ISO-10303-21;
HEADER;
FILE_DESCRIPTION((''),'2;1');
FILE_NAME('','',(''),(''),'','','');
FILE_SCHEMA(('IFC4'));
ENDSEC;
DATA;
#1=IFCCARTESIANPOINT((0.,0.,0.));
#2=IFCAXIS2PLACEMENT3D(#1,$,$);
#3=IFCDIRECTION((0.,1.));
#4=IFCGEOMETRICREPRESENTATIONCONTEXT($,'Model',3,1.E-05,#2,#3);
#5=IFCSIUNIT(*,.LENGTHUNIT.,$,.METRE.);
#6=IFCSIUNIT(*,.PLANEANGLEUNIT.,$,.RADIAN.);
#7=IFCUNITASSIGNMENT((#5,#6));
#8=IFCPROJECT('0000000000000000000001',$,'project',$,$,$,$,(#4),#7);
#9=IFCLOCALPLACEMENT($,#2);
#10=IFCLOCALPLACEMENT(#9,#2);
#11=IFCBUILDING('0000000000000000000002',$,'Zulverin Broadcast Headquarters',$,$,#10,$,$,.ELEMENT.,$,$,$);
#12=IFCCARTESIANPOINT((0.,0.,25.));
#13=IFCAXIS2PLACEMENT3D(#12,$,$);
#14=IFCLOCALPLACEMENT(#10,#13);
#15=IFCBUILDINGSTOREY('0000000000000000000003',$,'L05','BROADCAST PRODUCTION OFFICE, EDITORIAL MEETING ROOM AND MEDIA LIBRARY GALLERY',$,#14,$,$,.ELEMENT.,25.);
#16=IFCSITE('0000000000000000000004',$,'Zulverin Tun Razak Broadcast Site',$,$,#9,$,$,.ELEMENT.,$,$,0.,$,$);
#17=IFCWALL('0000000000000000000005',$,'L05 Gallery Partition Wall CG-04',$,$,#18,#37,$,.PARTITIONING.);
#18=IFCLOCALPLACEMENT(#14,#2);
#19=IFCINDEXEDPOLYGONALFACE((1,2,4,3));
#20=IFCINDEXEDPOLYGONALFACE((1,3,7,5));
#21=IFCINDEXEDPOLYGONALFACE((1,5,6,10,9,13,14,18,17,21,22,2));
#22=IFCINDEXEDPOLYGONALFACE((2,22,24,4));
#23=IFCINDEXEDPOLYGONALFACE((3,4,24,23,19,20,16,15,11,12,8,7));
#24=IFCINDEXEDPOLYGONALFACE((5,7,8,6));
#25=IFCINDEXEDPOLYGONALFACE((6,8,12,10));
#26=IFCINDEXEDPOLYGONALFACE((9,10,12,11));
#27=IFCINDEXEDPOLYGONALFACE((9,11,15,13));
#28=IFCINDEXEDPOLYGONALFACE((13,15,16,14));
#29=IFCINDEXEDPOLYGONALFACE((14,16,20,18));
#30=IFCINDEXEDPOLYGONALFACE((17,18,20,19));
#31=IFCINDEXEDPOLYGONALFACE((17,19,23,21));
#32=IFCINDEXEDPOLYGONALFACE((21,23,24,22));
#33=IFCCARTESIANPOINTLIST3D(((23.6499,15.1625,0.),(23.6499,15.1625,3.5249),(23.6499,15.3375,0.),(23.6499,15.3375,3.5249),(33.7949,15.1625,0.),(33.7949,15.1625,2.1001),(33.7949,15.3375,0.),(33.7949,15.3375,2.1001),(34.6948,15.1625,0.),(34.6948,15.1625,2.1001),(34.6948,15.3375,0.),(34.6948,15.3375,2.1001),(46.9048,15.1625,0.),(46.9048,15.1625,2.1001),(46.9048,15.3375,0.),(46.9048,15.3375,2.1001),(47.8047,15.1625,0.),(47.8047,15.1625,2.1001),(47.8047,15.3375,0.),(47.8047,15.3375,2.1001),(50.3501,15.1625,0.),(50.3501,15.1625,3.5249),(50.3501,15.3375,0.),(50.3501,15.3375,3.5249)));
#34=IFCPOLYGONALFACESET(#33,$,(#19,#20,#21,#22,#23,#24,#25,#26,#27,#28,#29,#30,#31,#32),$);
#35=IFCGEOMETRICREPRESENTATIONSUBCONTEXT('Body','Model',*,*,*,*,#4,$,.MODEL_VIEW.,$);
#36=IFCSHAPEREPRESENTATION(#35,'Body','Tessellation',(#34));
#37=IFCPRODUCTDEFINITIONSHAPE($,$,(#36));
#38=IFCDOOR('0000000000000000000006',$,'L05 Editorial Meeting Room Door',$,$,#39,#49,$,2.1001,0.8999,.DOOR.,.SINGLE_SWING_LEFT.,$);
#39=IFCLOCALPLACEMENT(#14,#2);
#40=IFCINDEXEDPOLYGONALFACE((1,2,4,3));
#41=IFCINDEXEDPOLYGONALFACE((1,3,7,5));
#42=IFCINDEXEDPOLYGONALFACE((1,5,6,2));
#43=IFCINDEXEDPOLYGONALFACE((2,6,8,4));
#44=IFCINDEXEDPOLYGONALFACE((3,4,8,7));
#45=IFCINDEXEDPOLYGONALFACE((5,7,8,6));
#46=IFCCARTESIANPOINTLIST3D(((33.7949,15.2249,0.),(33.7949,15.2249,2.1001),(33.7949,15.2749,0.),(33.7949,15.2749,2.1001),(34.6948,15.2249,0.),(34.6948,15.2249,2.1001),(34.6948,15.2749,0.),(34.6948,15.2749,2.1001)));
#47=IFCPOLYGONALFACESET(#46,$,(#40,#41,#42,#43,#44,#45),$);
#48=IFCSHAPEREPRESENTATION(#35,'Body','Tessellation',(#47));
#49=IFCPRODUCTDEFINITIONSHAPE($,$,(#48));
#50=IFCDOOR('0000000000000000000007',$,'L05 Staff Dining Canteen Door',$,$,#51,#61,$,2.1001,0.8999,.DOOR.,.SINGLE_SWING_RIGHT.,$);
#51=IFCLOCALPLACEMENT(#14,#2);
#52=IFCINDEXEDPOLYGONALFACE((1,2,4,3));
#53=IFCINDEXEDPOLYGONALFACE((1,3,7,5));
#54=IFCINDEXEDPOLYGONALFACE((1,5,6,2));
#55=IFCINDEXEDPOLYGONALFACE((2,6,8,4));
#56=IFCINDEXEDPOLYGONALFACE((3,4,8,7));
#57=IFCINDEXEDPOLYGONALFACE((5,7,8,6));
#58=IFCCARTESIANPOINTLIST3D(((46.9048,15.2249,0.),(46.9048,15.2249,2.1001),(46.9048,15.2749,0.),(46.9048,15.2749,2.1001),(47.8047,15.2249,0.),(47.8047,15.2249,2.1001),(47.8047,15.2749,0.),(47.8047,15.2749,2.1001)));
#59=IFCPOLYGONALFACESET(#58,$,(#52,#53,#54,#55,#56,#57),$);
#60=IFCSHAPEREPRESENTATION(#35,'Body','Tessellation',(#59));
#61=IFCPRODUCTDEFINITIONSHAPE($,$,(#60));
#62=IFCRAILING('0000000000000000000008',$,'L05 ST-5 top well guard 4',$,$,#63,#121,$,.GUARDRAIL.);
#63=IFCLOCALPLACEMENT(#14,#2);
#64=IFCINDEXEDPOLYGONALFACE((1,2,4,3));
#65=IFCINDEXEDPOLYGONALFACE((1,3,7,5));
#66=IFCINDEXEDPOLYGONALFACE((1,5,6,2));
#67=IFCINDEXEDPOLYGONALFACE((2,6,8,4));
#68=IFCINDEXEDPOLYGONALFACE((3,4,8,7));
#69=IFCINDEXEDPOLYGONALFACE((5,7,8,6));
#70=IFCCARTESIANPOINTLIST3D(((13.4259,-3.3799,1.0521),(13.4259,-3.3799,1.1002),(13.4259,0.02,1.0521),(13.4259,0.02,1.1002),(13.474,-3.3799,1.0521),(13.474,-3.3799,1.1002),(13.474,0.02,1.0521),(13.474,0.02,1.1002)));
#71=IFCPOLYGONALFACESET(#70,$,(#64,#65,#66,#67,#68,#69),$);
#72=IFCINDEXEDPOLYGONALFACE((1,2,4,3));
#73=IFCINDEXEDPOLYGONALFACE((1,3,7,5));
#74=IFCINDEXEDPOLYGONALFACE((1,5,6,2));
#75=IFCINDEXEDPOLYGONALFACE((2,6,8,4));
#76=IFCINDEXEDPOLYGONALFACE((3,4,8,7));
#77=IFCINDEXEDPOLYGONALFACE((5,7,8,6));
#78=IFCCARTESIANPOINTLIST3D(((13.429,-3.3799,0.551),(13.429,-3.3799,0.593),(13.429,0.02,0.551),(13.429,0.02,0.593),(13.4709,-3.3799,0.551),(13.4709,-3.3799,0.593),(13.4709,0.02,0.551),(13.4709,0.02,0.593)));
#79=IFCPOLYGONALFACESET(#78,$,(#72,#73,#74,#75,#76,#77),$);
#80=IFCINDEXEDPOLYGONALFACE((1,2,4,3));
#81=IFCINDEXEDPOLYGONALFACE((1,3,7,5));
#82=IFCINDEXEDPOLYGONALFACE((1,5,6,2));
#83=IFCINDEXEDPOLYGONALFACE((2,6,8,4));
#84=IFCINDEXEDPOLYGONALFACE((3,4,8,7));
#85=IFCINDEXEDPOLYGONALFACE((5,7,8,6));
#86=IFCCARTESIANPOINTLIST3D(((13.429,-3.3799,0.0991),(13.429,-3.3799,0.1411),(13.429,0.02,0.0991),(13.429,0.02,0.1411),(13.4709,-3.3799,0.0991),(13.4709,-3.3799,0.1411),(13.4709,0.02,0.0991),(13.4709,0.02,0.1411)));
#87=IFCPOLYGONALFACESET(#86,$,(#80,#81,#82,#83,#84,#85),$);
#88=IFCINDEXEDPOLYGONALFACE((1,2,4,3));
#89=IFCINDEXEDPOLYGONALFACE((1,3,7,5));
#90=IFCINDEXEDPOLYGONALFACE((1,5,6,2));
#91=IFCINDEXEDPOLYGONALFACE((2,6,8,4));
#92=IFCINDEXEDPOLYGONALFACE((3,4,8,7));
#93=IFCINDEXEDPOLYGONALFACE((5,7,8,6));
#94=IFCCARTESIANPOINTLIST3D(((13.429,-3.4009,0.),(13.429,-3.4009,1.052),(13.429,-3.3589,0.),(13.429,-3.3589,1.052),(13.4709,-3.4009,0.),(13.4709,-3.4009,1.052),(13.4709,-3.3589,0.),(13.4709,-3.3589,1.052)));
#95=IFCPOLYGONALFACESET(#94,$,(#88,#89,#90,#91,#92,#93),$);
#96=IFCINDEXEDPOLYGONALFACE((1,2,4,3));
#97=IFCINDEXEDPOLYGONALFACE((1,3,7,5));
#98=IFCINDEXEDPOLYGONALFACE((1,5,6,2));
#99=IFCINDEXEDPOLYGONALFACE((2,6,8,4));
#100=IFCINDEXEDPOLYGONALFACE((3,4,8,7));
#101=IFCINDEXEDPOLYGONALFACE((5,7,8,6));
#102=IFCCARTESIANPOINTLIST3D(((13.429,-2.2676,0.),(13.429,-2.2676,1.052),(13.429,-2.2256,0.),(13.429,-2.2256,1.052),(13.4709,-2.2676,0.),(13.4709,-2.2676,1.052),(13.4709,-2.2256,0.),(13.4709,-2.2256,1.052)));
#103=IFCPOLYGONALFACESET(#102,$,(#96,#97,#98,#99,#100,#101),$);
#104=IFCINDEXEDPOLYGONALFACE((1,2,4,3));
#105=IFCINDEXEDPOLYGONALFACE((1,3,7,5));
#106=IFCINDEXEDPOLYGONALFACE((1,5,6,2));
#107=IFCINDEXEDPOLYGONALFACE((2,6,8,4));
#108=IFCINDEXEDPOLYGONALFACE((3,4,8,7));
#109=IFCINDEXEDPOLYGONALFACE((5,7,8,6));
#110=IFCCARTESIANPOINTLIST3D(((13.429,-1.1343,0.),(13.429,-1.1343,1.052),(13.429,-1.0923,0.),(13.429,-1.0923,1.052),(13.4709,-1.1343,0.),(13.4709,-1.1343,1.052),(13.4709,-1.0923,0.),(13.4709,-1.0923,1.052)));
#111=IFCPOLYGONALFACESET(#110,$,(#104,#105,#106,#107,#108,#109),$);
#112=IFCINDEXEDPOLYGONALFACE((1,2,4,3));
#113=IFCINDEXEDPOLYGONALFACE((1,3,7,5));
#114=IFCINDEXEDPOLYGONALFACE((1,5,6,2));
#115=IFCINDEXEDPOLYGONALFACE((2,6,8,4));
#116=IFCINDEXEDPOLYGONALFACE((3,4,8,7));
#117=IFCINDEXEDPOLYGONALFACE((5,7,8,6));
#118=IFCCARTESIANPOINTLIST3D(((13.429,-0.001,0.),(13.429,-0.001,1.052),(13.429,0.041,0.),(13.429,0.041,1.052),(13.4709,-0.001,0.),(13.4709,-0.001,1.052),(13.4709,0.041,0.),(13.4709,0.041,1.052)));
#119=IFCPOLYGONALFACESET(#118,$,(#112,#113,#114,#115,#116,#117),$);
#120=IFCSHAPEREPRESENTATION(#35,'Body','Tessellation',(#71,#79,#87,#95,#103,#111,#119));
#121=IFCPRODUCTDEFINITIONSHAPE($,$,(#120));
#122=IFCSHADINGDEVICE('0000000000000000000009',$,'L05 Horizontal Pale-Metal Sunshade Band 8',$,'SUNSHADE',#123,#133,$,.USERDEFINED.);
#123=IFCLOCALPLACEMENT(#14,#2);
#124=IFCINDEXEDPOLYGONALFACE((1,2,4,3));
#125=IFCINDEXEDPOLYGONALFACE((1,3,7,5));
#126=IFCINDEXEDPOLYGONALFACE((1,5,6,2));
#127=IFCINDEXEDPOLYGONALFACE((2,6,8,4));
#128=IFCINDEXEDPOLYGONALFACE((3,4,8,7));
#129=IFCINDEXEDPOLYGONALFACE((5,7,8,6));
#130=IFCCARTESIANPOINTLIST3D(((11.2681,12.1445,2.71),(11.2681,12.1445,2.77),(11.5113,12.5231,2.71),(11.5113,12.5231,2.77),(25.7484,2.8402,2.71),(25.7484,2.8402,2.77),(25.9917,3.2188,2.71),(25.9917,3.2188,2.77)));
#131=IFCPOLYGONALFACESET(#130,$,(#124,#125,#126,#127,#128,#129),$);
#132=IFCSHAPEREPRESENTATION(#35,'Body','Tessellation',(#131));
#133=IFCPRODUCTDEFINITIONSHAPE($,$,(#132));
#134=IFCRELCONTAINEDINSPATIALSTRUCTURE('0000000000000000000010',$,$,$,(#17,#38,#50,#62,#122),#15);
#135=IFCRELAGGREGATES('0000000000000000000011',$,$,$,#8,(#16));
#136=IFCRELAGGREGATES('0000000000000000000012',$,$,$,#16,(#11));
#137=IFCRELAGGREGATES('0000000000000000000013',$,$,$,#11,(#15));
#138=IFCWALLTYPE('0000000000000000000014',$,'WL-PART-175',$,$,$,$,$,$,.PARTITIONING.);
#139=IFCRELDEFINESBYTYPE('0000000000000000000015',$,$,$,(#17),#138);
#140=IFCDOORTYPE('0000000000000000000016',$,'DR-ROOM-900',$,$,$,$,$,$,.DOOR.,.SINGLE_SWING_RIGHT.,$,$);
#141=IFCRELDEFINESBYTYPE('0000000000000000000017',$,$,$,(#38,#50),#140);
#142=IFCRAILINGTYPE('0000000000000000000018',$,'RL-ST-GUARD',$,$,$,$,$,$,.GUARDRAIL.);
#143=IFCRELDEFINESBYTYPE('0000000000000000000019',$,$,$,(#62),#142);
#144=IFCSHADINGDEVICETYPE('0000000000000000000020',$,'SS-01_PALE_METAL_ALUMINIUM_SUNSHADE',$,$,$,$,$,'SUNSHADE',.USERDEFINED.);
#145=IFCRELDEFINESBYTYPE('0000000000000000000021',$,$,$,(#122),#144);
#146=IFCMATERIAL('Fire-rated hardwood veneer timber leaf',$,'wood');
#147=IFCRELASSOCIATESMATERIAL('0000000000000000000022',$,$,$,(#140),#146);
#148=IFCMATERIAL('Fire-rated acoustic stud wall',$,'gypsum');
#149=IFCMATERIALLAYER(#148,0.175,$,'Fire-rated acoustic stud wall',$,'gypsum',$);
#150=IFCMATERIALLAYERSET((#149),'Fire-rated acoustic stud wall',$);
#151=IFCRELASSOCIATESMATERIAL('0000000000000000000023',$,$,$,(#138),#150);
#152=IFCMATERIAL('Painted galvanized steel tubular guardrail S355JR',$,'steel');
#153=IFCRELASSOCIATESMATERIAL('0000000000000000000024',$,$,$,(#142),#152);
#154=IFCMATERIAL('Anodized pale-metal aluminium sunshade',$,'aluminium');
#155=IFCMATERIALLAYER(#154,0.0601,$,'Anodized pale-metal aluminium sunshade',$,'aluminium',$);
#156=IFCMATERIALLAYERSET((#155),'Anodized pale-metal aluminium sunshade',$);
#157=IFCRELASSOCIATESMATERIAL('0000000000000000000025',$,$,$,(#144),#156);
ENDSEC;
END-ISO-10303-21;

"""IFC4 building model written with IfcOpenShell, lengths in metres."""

from ifc_helpers import new_model, si_unit, direction, frame, frame_2d, origin, origin_2d, place, context, subcontext, project, spatial, rectangle, extrude, material, layer, layer_set, type_object, element, fill, save


model = new_model("IFC4")

# Units and contexts
model_context = context("Model", 3, precision=1e-05, world=origin(), true_north=direction((0.0, 1.0)))
body_context = subcontext(model_context, "Body", "Model", "MODEL_VIEW")
ifc_project = project(units=[si_unit("LENGTHUNIT", "METRE"), si_unit("PLANEANGLEUNIT", "RADIAN")], contexts=[model_context])

# Site, building, storey
site_placement = place(None, origin())
site = spatial("IfcSite", under=ifc_project, at=site_placement, Name="Zulverin Tun Razak Broadcast Site", CompositionType="ELEMENT", RefElevation=0.0)
building_placement = place(site_placement, origin())
building = spatial("IfcBuilding", under=site, at=building_placement, Name="Zulverin Broadcast Headquarters", CompositionType="ELEMENT")
storey_placement = place(building_placement, frame((0.0, 0.0, 25.0)))
storey = spatial("IfcBuildingStorey", under=building, at=storey_placement, Name="L05", Description="BROADCAST PRODUCTION OFFICE, EDITORIAL MEETING ROOM AND MEDIA LIBRARY GALLERY", CompositionType="ELEMENT", Elevation=25.0)

# Shared definitions
ifc_material_1 = material(Name="Fire-rated hardwood veneer timber leaf", Category="wood")
door_type_1 = type_object("IfcDoorType", Name="DR-ROOM-900", OperationType="SINGLE_SWING_RIGHT", PredefinedType="DOOR", material=ifc_material_1)

# Wall, openings, doors
ifc_material_2 = material(Name="Fire-rated acoustic stud wall", Category="gypsum")
ifc_layer_1 = layer(ifc_material_2, 0.175, Name="Fire-rated acoustic stud wall", Category="gypsum")
ifc_layer_set_1 = layer_set([ifc_layer_1], Name="Fire-rated acoustic stud wall")
wall_type_1 = type_object("IfcWallType", Name="WL-PART-175", PredefinedType="PARTITIONING", material=ifc_layer_set_1)
wall_1_placement = place(storey_placement, frame((23.6499, 15.25, 0.0), z_axis=(0.0, 0.0, 1.0), x_axis=(1.0, 0.0, 0.0)))
wall_1 = element("IfcWall", 1, at=wall_1_placement, inside=storey, type_object=wall_type_1, Name="L05 Gallery Partition Wall CG-04", PredefinedType="PARTITIONING", context=body_context, shape_type="SweptSolid", body=[
    extrude(rectangle(XDim=26.7002, YDim=0.175, at=frame_2d((13.3501, 0.0))), origin(), (0.0, 0.0, 1.0), 3.5249),
])
opening_1_placement = place(wall_1_placement, frame((10.145, 0.0, 0.0)))
opening_1 = element("IfcOpeningElement", 2, at=opening_1_placement, cuts=wall_1, PredefinedType="OPENING", context=body_context, shape_type="SweptSolid", body=[
    extrude(rectangle(XDim=0.8999, YDim=2.1001, at=frame_2d((0.45, 1.05))), frame((0.0, 0.0974, 0.0), z_axis=(0.0, -1.0, 0.0), x_axis=(1.0, 0.0, 0.0)), (0.0, 0.0, 1.0), 0.1951),
])
opening_2_placement = place(wall_1_placement, frame((23.2549, 0.0, 0.0)))
opening_2 = element("IfcOpeningElement", 3, at=opening_2_placement, cuts=wall_1, PredefinedType="OPENING", context=body_context, shape_type="SweptSolid", body=[
    extrude(rectangle(XDim=0.8999, YDim=2.1001, at=frame_2d((0.45, 1.05))), frame((0.0, 0.0974, 0.0), z_axis=(0.0, -1.0, 0.0), x_axis=(1.0, 0.0, 0.0)), (0.0, 0.0, 1.0), 0.1951),
])
door_1_placement = place(opening_1_placement, origin())
door_1 = element("IfcDoor", 4, at=door_1_placement, inside=storey, type_object=door_type_1, Name="L05 Editorial Meeting Room Door", OperationType="SINGLE_SWING_LEFT", OverallHeight=2.1001, OverallWidth=0.8999, PredefinedType="DOOR", context=body_context, shape_type="SweptSolid", body=[
    extrude(rectangle(XDim=0.8999, YDim=2.1001, at=frame_2d((0.45, 1.05))), frame((0.0, 0.0249, 0.0), z_axis=(0.0, -1.0, 0.0), x_axis=(1.0, 0.0, 0.0)), (0.0, 0.0, 1.0), 0.05),
])
fill(opening_1, door_1)
door_2_placement = place(opening_2_placement, origin())
door_2 = element("IfcDoor", 5, at=door_2_placement, inside=storey, type_object=door_type_1, Name="L05 Staff Dining Canteen Door", OperationType="SINGLE_SWING_RIGHT", OverallHeight=2.1001, OverallWidth=0.8999, PredefinedType="DOOR", context=body_context, shape_type="SweptSolid", body=[
    extrude(rectangle(XDim=0.8999, YDim=2.1001, at=frame_2d((0.45, 1.05))), frame((0.0, 0.0249, 0.0), z_axis=(0.0, -1.0, 0.0), x_axis=(1.0, 0.0, 0.0)), (0.0, 0.0, 1.0), 0.05),
])
fill(opening_2, door_2)

# Railing
ifc_material_3 = material(Name="Painted galvanized steel tubular guardrail S355JR", Category="steel")
railing_type = type_object("IfcRailingType", Name="RL-ST-GUARD", PredefinedType="GUARDRAIL", material=ifc_material_3)
railing_placement = place(storey_placement, frame((13.45, -3.3799, 0.0)))
element("IfcRailing", 6, at=railing_placement, inside=storey, type_object=railing_type, Name="L05 ST-5 top well guard 4", PredefinedType="GUARDRAIL", context=body_context, shape_type="SweptSolid", body=[
    extrude(rectangle(XDim=0.0481, YDim=0.0481, at=origin_2d()), frame((0.0, 0.0, 1.0762), z_axis=(0.0, 1.0, 0.0), x_axis=(-1.0, 0.0, 0.0)), (0.0, 0.0, 1.0), 3.3999),
    extrude(rectangle(XDim=0.042, YDim=0.042, at=origin_2d()), frame((0.0, 0.0, 0.572), z_axis=(0.0, 1.0, 0.0), x_axis=(-1.0, 0.0, 0.0)), (0.0, 0.0, 1.0), 3.3999),
    extrude(rectangle(XDim=0.042, YDim=0.042, at=origin_2d()), frame((0.0, 0.0, 0.1201), z_axis=(0.0, 1.0, 0.0), x_axis=(-1.0, 0.0, 0.0)), (0.0, 0.0, 1.0), 3.3999),
    extrude(rectangle(XDim=0.042, YDim=0.042, at=origin_2d()), origin(), (0.0, 0.0, 1.0), 1.052),
    extrude(rectangle(XDim=0.042, YDim=0.042, at=origin_2d()), frame((0.0, 1.1333, 0.0)), (0.0, 0.0, 1.0), 1.052),
    extrude(rectangle(XDim=0.042, YDim=0.042, at=origin_2d()), frame((0.0, 2.2666, 0.0)), (0.0, 0.0, 1.0), 1.052),
    extrude(rectangle(XDim=0.042, YDim=0.042, at=origin_2d()), frame((0.0, 3.3999, 0.0)), (0.0, 0.0, 1.0), 1.052),
])

# Shading device
ifc_material_4 = material(Name="Anodized pale-metal aluminium sunshade", Category="aluminium")
ifc_layer_2 = layer(ifc_material_4, 0.0601, Name="Anodized pale-metal aluminium sunshade", Category="aluminium")
ifc_layer_set_2 = layer_set([ifc_layer_2], Name="Anodized pale-metal aluminium sunshade")
shading_device_type = type_object("IfcShadingDeviceType", Name="SS-01_PALE_METAL_ALUMINIUM_SUNSHADE", ElementType="SUNSHADE", PredefinedType="USERDEFINED", material=ifc_layer_set_2)
shading_device_placement = place(storey_placement, frame((18.6299, 7.6816, 2.71), z_axis=(0.0, 0.0, 1.0), x_axis=(0.841297, -0.540574, 0.0)))
element("IfcShadingDevice", 7, at=shading_device_placement, inside=storey, type_object=shading_device_type, Name="L05 Horizontal Pale-Metal Sunshade Band 8", ObjectType="SUNSHADE", PredefinedType="USERDEFINED", context=body_context, shape_type="SweptSolid", body=[
    extrude(rectangle(XDim=17.2119, YDim=0.45, at=origin_2d()), origin(), (0.0, 0.0, 1.0), 0.0601),
])

save(model, "model.ifc")
